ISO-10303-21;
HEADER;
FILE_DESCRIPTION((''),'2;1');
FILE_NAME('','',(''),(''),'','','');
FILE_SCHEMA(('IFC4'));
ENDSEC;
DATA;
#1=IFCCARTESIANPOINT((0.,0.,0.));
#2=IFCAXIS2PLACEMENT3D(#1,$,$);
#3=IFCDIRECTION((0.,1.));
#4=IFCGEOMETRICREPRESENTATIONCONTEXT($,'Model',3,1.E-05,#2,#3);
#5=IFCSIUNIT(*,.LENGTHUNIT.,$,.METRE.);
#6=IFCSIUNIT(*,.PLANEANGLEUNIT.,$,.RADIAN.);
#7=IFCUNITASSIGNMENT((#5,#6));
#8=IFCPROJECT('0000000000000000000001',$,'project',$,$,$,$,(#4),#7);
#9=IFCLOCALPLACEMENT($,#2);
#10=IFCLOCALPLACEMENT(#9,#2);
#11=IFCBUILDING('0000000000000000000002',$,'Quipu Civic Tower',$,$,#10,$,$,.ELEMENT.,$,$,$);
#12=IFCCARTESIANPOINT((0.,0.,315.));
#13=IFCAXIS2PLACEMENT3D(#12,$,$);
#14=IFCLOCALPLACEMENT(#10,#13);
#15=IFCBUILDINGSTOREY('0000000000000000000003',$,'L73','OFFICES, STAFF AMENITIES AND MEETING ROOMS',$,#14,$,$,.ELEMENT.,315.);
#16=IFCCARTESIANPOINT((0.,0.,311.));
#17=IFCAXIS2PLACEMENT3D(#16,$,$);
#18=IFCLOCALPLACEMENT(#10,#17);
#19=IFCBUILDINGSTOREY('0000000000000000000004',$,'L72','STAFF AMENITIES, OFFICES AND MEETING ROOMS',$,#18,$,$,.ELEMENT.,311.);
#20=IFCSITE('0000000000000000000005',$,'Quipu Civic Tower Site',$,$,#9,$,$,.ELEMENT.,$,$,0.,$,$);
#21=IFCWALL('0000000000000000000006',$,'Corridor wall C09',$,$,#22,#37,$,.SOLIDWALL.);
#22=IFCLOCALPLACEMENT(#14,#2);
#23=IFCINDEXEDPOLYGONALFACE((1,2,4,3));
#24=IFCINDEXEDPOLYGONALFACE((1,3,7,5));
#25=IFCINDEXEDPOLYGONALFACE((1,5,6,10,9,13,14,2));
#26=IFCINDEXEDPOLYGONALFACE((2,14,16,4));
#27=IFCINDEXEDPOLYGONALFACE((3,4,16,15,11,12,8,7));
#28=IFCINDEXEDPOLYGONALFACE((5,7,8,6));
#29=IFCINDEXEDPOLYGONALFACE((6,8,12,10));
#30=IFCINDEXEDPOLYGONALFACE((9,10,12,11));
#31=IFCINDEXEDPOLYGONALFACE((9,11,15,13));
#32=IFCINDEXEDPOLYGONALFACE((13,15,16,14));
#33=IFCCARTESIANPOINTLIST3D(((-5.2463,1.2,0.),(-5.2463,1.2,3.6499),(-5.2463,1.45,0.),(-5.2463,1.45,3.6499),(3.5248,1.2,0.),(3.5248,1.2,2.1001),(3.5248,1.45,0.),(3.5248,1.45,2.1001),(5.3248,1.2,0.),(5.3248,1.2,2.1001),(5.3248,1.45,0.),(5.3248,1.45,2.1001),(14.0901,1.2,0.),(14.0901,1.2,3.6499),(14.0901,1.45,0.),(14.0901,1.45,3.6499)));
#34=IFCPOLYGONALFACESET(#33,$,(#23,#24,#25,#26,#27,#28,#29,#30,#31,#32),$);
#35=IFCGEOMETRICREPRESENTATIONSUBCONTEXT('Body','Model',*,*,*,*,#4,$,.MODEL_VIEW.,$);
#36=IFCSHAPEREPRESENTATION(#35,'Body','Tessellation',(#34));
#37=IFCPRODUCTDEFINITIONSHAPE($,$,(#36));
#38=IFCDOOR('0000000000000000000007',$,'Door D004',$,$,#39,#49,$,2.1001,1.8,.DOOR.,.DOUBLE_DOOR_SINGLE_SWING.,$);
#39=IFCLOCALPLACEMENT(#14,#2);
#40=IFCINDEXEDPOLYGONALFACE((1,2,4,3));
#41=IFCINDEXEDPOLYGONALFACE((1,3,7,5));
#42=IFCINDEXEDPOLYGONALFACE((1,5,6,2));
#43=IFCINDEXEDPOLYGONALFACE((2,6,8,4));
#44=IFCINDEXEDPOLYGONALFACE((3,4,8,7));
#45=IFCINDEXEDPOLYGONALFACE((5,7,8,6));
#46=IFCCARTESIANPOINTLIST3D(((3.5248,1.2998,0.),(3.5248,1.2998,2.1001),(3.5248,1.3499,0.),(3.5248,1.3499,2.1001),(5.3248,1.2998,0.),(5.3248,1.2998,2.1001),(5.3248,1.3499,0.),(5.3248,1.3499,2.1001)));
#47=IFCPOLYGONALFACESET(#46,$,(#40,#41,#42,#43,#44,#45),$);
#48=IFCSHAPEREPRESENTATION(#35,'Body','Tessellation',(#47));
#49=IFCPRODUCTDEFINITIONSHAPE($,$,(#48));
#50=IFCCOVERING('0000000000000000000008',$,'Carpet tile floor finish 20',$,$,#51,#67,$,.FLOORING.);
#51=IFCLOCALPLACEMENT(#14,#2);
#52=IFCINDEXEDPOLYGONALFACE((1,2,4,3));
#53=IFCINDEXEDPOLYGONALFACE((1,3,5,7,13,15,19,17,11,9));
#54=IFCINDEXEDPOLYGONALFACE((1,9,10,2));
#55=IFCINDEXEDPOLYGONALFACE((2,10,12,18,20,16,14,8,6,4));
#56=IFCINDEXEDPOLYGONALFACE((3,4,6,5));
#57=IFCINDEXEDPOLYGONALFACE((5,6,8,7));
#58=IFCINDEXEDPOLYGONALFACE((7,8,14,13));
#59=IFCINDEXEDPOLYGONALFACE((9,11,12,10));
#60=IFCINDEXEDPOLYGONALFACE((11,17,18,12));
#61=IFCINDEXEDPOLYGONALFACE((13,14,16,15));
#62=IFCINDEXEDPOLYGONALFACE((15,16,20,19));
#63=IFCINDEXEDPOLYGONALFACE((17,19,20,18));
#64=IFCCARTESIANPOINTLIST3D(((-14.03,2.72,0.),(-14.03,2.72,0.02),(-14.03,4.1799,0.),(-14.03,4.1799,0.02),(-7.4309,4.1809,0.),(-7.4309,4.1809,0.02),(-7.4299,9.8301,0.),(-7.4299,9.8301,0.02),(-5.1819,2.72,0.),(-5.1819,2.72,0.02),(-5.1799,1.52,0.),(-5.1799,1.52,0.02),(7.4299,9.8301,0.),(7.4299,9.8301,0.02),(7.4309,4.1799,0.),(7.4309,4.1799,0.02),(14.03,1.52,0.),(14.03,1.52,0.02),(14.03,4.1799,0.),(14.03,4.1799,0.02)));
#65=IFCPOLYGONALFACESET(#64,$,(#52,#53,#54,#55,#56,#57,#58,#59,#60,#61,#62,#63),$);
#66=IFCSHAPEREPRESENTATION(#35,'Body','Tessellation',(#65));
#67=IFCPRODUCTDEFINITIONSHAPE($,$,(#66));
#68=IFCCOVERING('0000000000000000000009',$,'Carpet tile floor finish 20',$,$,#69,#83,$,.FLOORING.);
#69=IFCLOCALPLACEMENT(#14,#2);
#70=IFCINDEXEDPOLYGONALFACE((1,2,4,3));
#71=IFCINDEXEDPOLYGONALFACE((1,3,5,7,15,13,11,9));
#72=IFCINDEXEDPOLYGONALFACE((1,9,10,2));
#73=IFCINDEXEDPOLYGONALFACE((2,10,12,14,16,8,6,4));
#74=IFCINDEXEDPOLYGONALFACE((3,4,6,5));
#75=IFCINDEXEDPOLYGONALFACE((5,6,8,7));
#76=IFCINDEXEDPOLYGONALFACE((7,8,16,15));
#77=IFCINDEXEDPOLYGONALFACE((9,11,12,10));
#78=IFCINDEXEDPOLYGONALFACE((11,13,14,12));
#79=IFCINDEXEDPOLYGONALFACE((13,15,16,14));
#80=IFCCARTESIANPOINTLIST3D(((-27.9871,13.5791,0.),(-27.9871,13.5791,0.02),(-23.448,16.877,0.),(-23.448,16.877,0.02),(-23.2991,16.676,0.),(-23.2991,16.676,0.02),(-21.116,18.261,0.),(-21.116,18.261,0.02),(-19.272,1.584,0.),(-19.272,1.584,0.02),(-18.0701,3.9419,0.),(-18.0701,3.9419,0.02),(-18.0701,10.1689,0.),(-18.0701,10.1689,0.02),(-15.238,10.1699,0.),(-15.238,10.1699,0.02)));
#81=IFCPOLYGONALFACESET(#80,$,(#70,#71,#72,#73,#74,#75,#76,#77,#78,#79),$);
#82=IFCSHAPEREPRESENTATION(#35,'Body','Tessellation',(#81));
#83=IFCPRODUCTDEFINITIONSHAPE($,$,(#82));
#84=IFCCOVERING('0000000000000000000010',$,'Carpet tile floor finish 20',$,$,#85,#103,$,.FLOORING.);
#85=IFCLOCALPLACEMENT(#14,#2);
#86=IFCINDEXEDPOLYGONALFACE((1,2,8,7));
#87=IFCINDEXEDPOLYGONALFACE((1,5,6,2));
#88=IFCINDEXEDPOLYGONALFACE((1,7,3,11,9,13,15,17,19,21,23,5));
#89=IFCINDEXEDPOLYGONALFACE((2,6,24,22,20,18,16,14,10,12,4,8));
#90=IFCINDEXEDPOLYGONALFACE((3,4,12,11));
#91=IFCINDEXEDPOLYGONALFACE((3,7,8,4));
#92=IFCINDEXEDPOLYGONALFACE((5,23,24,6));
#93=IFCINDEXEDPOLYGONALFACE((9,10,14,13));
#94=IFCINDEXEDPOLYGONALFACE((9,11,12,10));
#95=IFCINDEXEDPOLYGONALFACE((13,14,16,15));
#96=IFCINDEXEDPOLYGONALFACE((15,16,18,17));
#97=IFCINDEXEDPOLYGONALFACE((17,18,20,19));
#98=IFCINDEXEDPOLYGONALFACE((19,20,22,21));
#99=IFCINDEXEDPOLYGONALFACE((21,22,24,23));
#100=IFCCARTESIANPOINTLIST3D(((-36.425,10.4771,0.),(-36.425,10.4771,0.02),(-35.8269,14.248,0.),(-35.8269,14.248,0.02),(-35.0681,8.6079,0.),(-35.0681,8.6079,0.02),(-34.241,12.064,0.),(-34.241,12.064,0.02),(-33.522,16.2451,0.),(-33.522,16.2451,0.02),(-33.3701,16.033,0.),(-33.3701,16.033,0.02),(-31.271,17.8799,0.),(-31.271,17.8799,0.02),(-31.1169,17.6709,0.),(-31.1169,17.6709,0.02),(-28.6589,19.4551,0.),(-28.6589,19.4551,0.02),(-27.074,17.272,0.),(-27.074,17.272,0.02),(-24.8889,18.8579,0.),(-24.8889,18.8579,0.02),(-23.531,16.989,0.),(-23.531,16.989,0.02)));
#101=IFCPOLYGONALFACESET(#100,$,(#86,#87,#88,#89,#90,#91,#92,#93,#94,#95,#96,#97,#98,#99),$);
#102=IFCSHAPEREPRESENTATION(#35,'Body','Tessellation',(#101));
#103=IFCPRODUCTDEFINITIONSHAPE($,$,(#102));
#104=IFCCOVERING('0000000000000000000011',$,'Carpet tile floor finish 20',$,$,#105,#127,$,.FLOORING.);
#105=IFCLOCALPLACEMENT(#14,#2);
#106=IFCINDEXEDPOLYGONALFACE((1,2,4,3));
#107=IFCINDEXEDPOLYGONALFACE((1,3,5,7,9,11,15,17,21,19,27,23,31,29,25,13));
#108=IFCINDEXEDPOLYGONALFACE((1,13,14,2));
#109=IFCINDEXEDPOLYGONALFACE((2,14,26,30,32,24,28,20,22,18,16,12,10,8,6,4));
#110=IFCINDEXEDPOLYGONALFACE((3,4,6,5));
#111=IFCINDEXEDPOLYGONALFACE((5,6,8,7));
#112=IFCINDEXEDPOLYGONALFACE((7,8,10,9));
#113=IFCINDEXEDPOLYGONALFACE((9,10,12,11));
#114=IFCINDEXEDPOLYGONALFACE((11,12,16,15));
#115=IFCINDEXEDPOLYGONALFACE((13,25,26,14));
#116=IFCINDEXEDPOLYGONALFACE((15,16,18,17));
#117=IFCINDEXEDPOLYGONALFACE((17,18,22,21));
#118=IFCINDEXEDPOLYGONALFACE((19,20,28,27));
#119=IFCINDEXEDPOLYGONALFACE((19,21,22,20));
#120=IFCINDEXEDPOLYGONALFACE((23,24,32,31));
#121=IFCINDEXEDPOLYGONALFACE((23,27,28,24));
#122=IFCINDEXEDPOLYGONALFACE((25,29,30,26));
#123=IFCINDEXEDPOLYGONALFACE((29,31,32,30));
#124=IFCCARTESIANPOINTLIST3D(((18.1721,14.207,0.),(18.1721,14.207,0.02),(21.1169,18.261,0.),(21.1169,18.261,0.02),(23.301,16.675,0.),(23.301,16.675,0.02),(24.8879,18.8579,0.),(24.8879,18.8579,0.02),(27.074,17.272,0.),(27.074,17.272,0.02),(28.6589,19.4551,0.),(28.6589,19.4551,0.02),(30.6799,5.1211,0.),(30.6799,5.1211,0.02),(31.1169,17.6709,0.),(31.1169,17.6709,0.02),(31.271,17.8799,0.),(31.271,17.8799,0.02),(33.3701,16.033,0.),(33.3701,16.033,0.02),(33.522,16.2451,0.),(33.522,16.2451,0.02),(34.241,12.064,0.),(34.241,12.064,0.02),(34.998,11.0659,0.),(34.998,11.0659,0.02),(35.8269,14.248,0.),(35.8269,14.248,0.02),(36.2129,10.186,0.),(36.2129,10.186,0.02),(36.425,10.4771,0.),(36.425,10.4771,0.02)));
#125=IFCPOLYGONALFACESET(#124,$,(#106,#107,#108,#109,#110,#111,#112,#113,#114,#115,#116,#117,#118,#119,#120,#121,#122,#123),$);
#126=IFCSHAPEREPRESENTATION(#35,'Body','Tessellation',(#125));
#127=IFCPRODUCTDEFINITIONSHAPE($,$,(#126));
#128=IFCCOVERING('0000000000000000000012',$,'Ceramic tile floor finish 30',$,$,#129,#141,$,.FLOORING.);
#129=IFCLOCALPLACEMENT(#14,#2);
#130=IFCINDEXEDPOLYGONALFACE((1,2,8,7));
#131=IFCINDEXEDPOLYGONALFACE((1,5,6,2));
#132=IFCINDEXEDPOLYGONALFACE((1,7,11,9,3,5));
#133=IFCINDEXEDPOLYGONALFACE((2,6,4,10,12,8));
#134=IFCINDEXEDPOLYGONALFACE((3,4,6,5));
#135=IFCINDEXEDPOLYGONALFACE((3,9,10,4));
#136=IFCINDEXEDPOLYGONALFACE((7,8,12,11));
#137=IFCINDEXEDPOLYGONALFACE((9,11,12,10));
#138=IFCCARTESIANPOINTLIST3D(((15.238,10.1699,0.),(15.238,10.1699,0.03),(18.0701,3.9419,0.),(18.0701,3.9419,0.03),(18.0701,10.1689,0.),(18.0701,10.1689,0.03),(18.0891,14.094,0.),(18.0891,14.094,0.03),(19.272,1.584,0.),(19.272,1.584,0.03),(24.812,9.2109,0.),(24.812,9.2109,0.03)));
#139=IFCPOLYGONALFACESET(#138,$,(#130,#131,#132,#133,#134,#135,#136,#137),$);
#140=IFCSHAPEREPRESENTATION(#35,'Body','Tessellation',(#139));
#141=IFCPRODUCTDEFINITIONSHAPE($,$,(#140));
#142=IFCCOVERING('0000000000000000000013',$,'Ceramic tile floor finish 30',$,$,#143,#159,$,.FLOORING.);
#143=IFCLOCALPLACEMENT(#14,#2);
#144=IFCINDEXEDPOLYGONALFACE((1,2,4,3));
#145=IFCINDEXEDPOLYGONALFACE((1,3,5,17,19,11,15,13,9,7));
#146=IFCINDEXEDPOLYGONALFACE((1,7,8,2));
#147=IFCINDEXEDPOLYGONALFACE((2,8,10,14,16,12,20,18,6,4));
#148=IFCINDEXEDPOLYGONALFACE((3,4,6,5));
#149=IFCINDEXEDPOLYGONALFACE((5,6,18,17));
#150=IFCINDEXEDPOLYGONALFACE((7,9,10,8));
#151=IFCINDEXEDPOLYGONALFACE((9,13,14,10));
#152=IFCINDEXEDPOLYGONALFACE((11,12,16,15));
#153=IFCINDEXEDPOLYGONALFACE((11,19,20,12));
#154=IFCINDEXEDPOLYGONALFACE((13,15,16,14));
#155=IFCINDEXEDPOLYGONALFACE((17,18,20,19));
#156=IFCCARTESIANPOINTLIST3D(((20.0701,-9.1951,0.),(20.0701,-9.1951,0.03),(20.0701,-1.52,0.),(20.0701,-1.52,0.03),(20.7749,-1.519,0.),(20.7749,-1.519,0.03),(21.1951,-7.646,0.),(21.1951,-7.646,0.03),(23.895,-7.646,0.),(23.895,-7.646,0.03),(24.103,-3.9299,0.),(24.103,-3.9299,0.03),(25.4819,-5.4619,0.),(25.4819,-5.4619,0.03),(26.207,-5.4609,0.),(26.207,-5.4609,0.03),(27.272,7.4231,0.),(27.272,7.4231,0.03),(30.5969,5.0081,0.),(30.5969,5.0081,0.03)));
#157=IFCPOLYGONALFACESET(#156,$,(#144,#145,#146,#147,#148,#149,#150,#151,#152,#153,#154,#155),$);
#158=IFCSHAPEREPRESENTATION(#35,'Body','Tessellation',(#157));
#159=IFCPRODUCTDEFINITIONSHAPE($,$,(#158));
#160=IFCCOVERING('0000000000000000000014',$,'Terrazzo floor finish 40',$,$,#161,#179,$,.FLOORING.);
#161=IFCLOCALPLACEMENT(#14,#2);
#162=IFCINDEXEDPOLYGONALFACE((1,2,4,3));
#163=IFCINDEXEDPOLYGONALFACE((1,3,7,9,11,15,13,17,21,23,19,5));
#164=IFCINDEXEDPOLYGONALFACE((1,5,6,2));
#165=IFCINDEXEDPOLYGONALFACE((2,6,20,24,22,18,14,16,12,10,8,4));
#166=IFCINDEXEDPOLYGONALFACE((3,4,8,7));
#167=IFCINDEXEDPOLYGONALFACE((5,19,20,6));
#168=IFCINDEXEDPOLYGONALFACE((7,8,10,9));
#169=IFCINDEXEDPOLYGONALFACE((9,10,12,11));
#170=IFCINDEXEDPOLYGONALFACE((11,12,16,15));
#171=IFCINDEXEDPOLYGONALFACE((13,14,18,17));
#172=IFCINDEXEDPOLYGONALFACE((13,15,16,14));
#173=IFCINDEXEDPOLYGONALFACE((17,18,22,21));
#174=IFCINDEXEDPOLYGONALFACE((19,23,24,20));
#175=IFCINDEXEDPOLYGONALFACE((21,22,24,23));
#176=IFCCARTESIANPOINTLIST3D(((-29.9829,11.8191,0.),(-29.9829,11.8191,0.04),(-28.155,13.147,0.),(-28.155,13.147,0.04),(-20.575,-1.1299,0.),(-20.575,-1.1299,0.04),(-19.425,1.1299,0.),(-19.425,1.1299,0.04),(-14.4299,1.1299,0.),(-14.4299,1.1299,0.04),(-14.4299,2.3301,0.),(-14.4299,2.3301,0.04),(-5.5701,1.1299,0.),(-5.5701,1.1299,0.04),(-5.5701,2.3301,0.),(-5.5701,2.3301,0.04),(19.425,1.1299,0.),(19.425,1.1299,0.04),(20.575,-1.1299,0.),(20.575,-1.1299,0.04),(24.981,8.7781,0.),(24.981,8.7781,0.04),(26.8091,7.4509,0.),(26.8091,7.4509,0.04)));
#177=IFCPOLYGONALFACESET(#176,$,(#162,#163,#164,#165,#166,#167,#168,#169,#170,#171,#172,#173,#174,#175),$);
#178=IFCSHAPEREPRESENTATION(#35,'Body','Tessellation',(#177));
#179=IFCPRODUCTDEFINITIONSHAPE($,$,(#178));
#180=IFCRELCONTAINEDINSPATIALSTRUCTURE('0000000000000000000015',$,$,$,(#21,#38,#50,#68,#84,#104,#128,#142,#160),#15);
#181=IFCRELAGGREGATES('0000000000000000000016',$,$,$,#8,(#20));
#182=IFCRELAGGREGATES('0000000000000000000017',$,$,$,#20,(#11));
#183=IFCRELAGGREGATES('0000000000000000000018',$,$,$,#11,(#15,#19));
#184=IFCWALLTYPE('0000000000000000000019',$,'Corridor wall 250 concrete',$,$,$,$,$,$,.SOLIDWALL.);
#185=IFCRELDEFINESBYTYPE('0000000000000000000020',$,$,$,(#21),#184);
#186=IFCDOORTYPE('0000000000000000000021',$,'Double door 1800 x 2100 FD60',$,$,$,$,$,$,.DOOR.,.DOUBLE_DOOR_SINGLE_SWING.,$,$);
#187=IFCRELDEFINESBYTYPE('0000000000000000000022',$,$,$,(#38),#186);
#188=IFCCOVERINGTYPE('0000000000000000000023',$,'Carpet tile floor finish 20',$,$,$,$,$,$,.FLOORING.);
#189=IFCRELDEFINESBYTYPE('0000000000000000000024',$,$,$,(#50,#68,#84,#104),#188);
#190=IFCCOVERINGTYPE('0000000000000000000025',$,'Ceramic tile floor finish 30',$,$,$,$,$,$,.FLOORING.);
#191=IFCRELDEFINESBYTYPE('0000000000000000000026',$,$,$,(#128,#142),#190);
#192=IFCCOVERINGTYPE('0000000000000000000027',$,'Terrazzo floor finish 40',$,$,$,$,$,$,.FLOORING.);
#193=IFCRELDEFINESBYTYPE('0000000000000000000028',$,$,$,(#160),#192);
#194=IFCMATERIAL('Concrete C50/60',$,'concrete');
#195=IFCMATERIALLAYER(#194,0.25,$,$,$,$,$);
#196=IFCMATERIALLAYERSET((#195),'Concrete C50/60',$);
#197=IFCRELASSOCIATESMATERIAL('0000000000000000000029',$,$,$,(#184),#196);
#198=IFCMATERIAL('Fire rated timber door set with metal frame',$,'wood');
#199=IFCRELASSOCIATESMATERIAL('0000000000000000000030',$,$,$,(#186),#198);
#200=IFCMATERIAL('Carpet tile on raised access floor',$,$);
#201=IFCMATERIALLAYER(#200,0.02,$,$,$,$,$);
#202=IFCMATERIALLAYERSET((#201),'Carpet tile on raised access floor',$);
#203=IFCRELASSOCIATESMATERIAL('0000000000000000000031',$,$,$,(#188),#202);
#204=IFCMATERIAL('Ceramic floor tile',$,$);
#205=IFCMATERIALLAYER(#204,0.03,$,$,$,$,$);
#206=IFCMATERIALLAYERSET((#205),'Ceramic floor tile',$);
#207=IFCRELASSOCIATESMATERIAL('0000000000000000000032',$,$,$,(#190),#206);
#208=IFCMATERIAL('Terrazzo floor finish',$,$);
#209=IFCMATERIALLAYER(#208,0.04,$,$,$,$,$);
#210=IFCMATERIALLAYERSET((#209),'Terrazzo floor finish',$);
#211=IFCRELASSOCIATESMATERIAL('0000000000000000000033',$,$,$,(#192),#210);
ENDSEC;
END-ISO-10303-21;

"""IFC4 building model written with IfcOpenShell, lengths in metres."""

from ifc_helpers import new_model, si_unit, direction, frame, frame_2d, origin, place, context, subcontext, project, spatial, polyline, rectangle, outline, extrude, material, layer, layer_set, type_object, element, fill, save


model = new_model("IFC4")

# Units and contexts
model_context = context("Model", 3, precision=1e-05, world=origin(), true_north=direction((0.0, 1.0)))
body_context = subcontext(model_context, "Body", "Model", "MODEL_VIEW")
ifc_project = project(units=[si_unit("LENGTHUNIT", "METRE"), si_unit("PLANEANGLEUNIT", "RADIAN")], contexts=[model_context])

# Site, building, storey
site_placement = place(None, origin())
site = spatial("IfcSite", under=ifc_project, at=site_placement, Name="Quipu Civic Tower Site", CompositionType="ELEMENT", RefElevation=0.0)
building_placement = place(site_placement, origin())
building = spatial("IfcBuilding", under=site, at=building_placement, Name="Quipu Civic Tower", CompositionType="ELEMENT")
storey_1_placement = place(building_placement, frame((0.0, 0.0, 315.0)))
storey_1 = spatial("IfcBuildingStorey", under=building, at=storey_1_placement, Name="L73", Description="OFFICES, STAFF AMENITIES AND MEETING ROOMS", CompositionType="ELEMENT", Elevation=315.0)

# Shared definitions
storey_2_placement = place(building_placement, frame((0.0, 0.0, 311.0)))
storey_2 = spatial("IfcBuildingStorey", under=building, at=storey_2_placement, Name="L72", Description="STAFF AMENITIES, OFFICES AND MEETING ROOMS", CompositionType="ELEMENT", Elevation=311.0)

# Shared definitions
ifc_material_1 = material(Name="Concrete C50/60", Category="concrete")
ifc_layer_1 = layer(ifc_material_1, 0.25)
ifc_layer_set_1 = layer_set([ifc_layer_1], Name="Concrete C50/60")
wall_type = type_object("IfcWallType", Name="Corridor wall 250 concrete", PredefinedType="SOLIDWALL", material=ifc_layer_set_1)

# Wall, opening, door
wall_1_placement = place(storey_1_placement, frame((-5.2463, 1.325, 0.0), z_axis=(0.0, 0.0, 1.0), x_axis=(1.0, 0.0, 0.0)))
wall_1 = element("IfcWall", 1, at=wall_1_placement, inside=storey_1, type_object=wall_type, Name="Corridor wall C09", PredefinedType="SOLIDWALL", context=body_context, shape_type="SweptSolid", body=[
    extrude(rectangle(XDim=19.3364, YDim=0.25, at=frame_2d((9.6682, 0.0))), origin(), (0.0, 0.0, 1.0), 3.6499),
])
opening_placement = place(wall_1_placement, frame((8.7712, 0.0, 0.0)))
opening = element("IfcOpeningElement", 2, at=opening_placement, cuts=wall_1, PredefinedType="OPENING", context=body_context, shape_type="SweptSolid", body=[
    extrude(rectangle(XDim=1.8, YDim=2.1001, at=frame_2d((0.8999, 1.05))), frame((0.0, 0.135, 0.0), z_axis=(0.0, -1.0, 0.0), x_axis=(1.0, 0.0, 0.0)), (0.0, 0.0, 1.0), 0.27),
])
ifc_material_2 = material(Name="Fire rated timber door set with metal frame", Category="wood")
door_type = type_object("IfcDoorType", Name="Double door 1800 x 2100 FD60", OperationType="DOUBLE_DOOR_SINGLE_SWING", PredefinedType="DOOR", material=ifc_material_2)
door_placement = place(opening_placement, origin())
door = element("IfcDoor", 3, at=door_placement, inside=storey_1, type_object=door_type, Name="Door D004", OperationType="DOUBLE_DOOR_SINGLE_SWING", OverallHeight=2.1001, OverallWidth=1.8, PredefinedType="DOOR", context=body_context, shape_type="SweptSolid", body=[
    extrude(rectangle(XDim=1.8, YDim=2.1001, at=frame_2d((0.8999, 1.05))), frame((0.0, 0.0249, 0.0), z_axis=(0.0, -1.0, 0.0), x_axis=(1.0, 0.0, 0.0)), (0.0, 0.0, 1.0), 0.05),
])
fill(opening, door)

# Coverings
ifc_material_3 = material(Name="Carpet tile on raised access floor")
ifc_layer_2 = layer(ifc_material_3, 0.02)
ifc_layer_set_2 = layer_set([ifc_layer_2], Name="Carpet tile on raised access floor")
covering_type_1 = type_object("IfcCoveringType", Name="Carpet tile floor finish 20", PredefinedType="FLOORING", material=ifc_layer_set_2)
covering_1_placement = place(storey_1_placement, origin())
element("IfcCovering", 4, at=covering_1_placement, inside=storey_1, type_object=covering_type_1, Name="Carpet tile floor finish 20", PredefinedType="FLOORING", context=body_context, shape_type="SweptSolid", body=[
    extrude(outline(polyline([(-14.03, 2.72), (-14.03, 4.1799), (-7.4309, 4.1809), (-7.4299, 9.8301), (7.4299, 9.8301), (7.4309, 4.1799), (14.03, 4.1799), (14.03, 1.52), (-5.1799, 1.52), (-5.1819, 2.72), (-14.03, 2.72)])), origin(), (0.0, 0.0, 1.0), 0.02),
])
covering_2_placement = place(storey_1_placement, origin())
element("IfcCovering", 5, at=covering_2_placement, inside=storey_1, type_object=covering_type_1, Name="Carpet tile floor finish 20", PredefinedType="FLOORING", context=body_context, shape_type="SweptSolid", body=[
    extrude(outline(polyline([(-27.9871, 13.5791), (-23.448, 16.877), (-23.2991, 16.676), (-21.116, 18.261), (-15.238, 10.1699), (-18.0701, 10.1689), (-18.0701, 3.9419), (-19.272, 1.584), (-27.9871, 13.5791)])), origin(), (0.0, 0.0, 1.0), 0.02),
])
covering_3_placement = place(storey_1_placement, origin())
element("IfcCovering", 6, at=covering_3_placement, inside=storey_1, type_object=covering_type_1, Name="Carpet tile floor finish 20", PredefinedType="FLOORING", context=body_context, shape_type="SweptSolid", body=[
    extrude(outline(polyline([(-36.425, 10.4771), (-34.241, 12.064), (-35.8269, 14.248), (-33.3701, 16.033), (-33.522, 16.2451), (-31.271, 17.8799), (-31.1169, 17.6709), (-28.6589, 19.4551), (-27.074, 17.272), (-24.8889, 18.8579), (-23.531, 16.989), (-35.0681, 8.6079), (-36.425, 10.4771)])), origin(), (0.0, 0.0, 1.0), 0.02),
])
covering_4_placement = place(storey_1_placement, origin())
element("IfcCovering", 7, at=covering_4_placement, inside=storey_1, type_object=covering_type_1, Name="Carpet tile floor finish 20", PredefinedType="FLOORING", context=body_context, shape_type="SweptSolid", body=[
    extrude(outline(polyline([(18.1721, 14.207), (21.1169, 18.261), (23.301, 16.675), (24.8879, 18.8579), (27.074, 17.272), (28.6589, 19.4551), (31.1169, 17.6709), (31.271, 17.8799), (33.522, 16.2451), (33.3701, 16.033), (35.8269, 14.248), (34.241, 12.064), (36.425, 10.4771), (36.2129, 10.186), (34.998, 11.0659), (30.6799, 5.1211), (18.1721, 14.207)])), origin(), (0.0, 0.0, 1.0), 0.02),
])
ifc_material_4 = material(Name="Ceramic floor tile")
ifc_layer_3 = layer(ifc_material_4, 0.03)
ifc_layer_set_3 = layer_set([ifc_layer_3], Name="Ceramic floor tile")
covering_type_2 = type_object("IfcCoveringType", Name="Ceramic tile floor finish 30", PredefinedType="FLOORING", material=ifc_layer_set_3)
covering_5_placement = place(storey_1_placement, origin())
element("IfcCovering", 8, at=covering_5_placement, inside=storey_1, type_object=covering_type_2, Name="Ceramic tile floor finish 30", PredefinedType="FLOORING", context=body_context, shape_type="SweptSolid", body=[
    extrude(outline(polyline([(15.238, 10.1699), (18.0891, 14.094), (24.812, 9.2109), (19.272, 1.584), (18.0701, 3.9419), (18.0701, 10.1689), (15.238, 10.1699)])), origin(), (0.0, 0.0, 1.0), 0.03),
])
covering_6_placement = place(storey_1_placement, origin())
element("IfcCovering", 9, at=covering_6_placement, inside=storey_1, type_object=covering_type_2, Name="Ceramic tile floor finish 30", PredefinedType="FLOORING", context=body_context, shape_type="SweptSolid", body=[
    extrude(outline(polyline([(20.0701, -9.1951), (20.0701, -1.52), (20.7749, -1.519), (27.272, 7.4231), (30.5969, 5.0081), (24.103, -3.9299), (26.207, -5.4609), (25.4819, -5.4619), (23.895, -7.646), (21.1951, -7.646), (20.0701, -9.1951)])), origin(), (0.0, 0.0, 1.0), 0.03),
])
ifc_material_5 = material(Name="Terrazzo floor finish")
ifc_layer_4 = layer(ifc_material_5, 0.04)
ifc_layer_set_4 = layer_set([ifc_layer_4], Name="Terrazzo floor finish")
covering_type_3 = type_object("IfcCoveringType", Name="Terrazzo floor finish 40", PredefinedType="FLOORING", material=ifc_layer_set_4)
covering_7_placement = place(storey_1_placement, origin())
element("IfcCovering", 10, at=covering_7_placement, inside=storey_1, type_object=covering_type_3, Name="Terrazzo floor finish 40", PredefinedType="FLOORING", context=body_context, shape_type="SweptSolid", body=[
    extrude(outline(polyline([(19.425, 1.1299), (24.981, 8.7781), (26.8091, 7.4509), (20.575, -1.1299), (-20.575, -1.1299), (-29.9829, 11.8191), (-28.155, 13.147), (-19.425, 1.1299), (-14.4299, 1.1299), (-14.4299, 2.3301), (-5.5701, 2.3301), (-5.5701, 1.1299), (19.425, 1.1299)])), origin(), (0.0, 0.0, 1.0), 0.04),
])

save(model, "model.ifc")
